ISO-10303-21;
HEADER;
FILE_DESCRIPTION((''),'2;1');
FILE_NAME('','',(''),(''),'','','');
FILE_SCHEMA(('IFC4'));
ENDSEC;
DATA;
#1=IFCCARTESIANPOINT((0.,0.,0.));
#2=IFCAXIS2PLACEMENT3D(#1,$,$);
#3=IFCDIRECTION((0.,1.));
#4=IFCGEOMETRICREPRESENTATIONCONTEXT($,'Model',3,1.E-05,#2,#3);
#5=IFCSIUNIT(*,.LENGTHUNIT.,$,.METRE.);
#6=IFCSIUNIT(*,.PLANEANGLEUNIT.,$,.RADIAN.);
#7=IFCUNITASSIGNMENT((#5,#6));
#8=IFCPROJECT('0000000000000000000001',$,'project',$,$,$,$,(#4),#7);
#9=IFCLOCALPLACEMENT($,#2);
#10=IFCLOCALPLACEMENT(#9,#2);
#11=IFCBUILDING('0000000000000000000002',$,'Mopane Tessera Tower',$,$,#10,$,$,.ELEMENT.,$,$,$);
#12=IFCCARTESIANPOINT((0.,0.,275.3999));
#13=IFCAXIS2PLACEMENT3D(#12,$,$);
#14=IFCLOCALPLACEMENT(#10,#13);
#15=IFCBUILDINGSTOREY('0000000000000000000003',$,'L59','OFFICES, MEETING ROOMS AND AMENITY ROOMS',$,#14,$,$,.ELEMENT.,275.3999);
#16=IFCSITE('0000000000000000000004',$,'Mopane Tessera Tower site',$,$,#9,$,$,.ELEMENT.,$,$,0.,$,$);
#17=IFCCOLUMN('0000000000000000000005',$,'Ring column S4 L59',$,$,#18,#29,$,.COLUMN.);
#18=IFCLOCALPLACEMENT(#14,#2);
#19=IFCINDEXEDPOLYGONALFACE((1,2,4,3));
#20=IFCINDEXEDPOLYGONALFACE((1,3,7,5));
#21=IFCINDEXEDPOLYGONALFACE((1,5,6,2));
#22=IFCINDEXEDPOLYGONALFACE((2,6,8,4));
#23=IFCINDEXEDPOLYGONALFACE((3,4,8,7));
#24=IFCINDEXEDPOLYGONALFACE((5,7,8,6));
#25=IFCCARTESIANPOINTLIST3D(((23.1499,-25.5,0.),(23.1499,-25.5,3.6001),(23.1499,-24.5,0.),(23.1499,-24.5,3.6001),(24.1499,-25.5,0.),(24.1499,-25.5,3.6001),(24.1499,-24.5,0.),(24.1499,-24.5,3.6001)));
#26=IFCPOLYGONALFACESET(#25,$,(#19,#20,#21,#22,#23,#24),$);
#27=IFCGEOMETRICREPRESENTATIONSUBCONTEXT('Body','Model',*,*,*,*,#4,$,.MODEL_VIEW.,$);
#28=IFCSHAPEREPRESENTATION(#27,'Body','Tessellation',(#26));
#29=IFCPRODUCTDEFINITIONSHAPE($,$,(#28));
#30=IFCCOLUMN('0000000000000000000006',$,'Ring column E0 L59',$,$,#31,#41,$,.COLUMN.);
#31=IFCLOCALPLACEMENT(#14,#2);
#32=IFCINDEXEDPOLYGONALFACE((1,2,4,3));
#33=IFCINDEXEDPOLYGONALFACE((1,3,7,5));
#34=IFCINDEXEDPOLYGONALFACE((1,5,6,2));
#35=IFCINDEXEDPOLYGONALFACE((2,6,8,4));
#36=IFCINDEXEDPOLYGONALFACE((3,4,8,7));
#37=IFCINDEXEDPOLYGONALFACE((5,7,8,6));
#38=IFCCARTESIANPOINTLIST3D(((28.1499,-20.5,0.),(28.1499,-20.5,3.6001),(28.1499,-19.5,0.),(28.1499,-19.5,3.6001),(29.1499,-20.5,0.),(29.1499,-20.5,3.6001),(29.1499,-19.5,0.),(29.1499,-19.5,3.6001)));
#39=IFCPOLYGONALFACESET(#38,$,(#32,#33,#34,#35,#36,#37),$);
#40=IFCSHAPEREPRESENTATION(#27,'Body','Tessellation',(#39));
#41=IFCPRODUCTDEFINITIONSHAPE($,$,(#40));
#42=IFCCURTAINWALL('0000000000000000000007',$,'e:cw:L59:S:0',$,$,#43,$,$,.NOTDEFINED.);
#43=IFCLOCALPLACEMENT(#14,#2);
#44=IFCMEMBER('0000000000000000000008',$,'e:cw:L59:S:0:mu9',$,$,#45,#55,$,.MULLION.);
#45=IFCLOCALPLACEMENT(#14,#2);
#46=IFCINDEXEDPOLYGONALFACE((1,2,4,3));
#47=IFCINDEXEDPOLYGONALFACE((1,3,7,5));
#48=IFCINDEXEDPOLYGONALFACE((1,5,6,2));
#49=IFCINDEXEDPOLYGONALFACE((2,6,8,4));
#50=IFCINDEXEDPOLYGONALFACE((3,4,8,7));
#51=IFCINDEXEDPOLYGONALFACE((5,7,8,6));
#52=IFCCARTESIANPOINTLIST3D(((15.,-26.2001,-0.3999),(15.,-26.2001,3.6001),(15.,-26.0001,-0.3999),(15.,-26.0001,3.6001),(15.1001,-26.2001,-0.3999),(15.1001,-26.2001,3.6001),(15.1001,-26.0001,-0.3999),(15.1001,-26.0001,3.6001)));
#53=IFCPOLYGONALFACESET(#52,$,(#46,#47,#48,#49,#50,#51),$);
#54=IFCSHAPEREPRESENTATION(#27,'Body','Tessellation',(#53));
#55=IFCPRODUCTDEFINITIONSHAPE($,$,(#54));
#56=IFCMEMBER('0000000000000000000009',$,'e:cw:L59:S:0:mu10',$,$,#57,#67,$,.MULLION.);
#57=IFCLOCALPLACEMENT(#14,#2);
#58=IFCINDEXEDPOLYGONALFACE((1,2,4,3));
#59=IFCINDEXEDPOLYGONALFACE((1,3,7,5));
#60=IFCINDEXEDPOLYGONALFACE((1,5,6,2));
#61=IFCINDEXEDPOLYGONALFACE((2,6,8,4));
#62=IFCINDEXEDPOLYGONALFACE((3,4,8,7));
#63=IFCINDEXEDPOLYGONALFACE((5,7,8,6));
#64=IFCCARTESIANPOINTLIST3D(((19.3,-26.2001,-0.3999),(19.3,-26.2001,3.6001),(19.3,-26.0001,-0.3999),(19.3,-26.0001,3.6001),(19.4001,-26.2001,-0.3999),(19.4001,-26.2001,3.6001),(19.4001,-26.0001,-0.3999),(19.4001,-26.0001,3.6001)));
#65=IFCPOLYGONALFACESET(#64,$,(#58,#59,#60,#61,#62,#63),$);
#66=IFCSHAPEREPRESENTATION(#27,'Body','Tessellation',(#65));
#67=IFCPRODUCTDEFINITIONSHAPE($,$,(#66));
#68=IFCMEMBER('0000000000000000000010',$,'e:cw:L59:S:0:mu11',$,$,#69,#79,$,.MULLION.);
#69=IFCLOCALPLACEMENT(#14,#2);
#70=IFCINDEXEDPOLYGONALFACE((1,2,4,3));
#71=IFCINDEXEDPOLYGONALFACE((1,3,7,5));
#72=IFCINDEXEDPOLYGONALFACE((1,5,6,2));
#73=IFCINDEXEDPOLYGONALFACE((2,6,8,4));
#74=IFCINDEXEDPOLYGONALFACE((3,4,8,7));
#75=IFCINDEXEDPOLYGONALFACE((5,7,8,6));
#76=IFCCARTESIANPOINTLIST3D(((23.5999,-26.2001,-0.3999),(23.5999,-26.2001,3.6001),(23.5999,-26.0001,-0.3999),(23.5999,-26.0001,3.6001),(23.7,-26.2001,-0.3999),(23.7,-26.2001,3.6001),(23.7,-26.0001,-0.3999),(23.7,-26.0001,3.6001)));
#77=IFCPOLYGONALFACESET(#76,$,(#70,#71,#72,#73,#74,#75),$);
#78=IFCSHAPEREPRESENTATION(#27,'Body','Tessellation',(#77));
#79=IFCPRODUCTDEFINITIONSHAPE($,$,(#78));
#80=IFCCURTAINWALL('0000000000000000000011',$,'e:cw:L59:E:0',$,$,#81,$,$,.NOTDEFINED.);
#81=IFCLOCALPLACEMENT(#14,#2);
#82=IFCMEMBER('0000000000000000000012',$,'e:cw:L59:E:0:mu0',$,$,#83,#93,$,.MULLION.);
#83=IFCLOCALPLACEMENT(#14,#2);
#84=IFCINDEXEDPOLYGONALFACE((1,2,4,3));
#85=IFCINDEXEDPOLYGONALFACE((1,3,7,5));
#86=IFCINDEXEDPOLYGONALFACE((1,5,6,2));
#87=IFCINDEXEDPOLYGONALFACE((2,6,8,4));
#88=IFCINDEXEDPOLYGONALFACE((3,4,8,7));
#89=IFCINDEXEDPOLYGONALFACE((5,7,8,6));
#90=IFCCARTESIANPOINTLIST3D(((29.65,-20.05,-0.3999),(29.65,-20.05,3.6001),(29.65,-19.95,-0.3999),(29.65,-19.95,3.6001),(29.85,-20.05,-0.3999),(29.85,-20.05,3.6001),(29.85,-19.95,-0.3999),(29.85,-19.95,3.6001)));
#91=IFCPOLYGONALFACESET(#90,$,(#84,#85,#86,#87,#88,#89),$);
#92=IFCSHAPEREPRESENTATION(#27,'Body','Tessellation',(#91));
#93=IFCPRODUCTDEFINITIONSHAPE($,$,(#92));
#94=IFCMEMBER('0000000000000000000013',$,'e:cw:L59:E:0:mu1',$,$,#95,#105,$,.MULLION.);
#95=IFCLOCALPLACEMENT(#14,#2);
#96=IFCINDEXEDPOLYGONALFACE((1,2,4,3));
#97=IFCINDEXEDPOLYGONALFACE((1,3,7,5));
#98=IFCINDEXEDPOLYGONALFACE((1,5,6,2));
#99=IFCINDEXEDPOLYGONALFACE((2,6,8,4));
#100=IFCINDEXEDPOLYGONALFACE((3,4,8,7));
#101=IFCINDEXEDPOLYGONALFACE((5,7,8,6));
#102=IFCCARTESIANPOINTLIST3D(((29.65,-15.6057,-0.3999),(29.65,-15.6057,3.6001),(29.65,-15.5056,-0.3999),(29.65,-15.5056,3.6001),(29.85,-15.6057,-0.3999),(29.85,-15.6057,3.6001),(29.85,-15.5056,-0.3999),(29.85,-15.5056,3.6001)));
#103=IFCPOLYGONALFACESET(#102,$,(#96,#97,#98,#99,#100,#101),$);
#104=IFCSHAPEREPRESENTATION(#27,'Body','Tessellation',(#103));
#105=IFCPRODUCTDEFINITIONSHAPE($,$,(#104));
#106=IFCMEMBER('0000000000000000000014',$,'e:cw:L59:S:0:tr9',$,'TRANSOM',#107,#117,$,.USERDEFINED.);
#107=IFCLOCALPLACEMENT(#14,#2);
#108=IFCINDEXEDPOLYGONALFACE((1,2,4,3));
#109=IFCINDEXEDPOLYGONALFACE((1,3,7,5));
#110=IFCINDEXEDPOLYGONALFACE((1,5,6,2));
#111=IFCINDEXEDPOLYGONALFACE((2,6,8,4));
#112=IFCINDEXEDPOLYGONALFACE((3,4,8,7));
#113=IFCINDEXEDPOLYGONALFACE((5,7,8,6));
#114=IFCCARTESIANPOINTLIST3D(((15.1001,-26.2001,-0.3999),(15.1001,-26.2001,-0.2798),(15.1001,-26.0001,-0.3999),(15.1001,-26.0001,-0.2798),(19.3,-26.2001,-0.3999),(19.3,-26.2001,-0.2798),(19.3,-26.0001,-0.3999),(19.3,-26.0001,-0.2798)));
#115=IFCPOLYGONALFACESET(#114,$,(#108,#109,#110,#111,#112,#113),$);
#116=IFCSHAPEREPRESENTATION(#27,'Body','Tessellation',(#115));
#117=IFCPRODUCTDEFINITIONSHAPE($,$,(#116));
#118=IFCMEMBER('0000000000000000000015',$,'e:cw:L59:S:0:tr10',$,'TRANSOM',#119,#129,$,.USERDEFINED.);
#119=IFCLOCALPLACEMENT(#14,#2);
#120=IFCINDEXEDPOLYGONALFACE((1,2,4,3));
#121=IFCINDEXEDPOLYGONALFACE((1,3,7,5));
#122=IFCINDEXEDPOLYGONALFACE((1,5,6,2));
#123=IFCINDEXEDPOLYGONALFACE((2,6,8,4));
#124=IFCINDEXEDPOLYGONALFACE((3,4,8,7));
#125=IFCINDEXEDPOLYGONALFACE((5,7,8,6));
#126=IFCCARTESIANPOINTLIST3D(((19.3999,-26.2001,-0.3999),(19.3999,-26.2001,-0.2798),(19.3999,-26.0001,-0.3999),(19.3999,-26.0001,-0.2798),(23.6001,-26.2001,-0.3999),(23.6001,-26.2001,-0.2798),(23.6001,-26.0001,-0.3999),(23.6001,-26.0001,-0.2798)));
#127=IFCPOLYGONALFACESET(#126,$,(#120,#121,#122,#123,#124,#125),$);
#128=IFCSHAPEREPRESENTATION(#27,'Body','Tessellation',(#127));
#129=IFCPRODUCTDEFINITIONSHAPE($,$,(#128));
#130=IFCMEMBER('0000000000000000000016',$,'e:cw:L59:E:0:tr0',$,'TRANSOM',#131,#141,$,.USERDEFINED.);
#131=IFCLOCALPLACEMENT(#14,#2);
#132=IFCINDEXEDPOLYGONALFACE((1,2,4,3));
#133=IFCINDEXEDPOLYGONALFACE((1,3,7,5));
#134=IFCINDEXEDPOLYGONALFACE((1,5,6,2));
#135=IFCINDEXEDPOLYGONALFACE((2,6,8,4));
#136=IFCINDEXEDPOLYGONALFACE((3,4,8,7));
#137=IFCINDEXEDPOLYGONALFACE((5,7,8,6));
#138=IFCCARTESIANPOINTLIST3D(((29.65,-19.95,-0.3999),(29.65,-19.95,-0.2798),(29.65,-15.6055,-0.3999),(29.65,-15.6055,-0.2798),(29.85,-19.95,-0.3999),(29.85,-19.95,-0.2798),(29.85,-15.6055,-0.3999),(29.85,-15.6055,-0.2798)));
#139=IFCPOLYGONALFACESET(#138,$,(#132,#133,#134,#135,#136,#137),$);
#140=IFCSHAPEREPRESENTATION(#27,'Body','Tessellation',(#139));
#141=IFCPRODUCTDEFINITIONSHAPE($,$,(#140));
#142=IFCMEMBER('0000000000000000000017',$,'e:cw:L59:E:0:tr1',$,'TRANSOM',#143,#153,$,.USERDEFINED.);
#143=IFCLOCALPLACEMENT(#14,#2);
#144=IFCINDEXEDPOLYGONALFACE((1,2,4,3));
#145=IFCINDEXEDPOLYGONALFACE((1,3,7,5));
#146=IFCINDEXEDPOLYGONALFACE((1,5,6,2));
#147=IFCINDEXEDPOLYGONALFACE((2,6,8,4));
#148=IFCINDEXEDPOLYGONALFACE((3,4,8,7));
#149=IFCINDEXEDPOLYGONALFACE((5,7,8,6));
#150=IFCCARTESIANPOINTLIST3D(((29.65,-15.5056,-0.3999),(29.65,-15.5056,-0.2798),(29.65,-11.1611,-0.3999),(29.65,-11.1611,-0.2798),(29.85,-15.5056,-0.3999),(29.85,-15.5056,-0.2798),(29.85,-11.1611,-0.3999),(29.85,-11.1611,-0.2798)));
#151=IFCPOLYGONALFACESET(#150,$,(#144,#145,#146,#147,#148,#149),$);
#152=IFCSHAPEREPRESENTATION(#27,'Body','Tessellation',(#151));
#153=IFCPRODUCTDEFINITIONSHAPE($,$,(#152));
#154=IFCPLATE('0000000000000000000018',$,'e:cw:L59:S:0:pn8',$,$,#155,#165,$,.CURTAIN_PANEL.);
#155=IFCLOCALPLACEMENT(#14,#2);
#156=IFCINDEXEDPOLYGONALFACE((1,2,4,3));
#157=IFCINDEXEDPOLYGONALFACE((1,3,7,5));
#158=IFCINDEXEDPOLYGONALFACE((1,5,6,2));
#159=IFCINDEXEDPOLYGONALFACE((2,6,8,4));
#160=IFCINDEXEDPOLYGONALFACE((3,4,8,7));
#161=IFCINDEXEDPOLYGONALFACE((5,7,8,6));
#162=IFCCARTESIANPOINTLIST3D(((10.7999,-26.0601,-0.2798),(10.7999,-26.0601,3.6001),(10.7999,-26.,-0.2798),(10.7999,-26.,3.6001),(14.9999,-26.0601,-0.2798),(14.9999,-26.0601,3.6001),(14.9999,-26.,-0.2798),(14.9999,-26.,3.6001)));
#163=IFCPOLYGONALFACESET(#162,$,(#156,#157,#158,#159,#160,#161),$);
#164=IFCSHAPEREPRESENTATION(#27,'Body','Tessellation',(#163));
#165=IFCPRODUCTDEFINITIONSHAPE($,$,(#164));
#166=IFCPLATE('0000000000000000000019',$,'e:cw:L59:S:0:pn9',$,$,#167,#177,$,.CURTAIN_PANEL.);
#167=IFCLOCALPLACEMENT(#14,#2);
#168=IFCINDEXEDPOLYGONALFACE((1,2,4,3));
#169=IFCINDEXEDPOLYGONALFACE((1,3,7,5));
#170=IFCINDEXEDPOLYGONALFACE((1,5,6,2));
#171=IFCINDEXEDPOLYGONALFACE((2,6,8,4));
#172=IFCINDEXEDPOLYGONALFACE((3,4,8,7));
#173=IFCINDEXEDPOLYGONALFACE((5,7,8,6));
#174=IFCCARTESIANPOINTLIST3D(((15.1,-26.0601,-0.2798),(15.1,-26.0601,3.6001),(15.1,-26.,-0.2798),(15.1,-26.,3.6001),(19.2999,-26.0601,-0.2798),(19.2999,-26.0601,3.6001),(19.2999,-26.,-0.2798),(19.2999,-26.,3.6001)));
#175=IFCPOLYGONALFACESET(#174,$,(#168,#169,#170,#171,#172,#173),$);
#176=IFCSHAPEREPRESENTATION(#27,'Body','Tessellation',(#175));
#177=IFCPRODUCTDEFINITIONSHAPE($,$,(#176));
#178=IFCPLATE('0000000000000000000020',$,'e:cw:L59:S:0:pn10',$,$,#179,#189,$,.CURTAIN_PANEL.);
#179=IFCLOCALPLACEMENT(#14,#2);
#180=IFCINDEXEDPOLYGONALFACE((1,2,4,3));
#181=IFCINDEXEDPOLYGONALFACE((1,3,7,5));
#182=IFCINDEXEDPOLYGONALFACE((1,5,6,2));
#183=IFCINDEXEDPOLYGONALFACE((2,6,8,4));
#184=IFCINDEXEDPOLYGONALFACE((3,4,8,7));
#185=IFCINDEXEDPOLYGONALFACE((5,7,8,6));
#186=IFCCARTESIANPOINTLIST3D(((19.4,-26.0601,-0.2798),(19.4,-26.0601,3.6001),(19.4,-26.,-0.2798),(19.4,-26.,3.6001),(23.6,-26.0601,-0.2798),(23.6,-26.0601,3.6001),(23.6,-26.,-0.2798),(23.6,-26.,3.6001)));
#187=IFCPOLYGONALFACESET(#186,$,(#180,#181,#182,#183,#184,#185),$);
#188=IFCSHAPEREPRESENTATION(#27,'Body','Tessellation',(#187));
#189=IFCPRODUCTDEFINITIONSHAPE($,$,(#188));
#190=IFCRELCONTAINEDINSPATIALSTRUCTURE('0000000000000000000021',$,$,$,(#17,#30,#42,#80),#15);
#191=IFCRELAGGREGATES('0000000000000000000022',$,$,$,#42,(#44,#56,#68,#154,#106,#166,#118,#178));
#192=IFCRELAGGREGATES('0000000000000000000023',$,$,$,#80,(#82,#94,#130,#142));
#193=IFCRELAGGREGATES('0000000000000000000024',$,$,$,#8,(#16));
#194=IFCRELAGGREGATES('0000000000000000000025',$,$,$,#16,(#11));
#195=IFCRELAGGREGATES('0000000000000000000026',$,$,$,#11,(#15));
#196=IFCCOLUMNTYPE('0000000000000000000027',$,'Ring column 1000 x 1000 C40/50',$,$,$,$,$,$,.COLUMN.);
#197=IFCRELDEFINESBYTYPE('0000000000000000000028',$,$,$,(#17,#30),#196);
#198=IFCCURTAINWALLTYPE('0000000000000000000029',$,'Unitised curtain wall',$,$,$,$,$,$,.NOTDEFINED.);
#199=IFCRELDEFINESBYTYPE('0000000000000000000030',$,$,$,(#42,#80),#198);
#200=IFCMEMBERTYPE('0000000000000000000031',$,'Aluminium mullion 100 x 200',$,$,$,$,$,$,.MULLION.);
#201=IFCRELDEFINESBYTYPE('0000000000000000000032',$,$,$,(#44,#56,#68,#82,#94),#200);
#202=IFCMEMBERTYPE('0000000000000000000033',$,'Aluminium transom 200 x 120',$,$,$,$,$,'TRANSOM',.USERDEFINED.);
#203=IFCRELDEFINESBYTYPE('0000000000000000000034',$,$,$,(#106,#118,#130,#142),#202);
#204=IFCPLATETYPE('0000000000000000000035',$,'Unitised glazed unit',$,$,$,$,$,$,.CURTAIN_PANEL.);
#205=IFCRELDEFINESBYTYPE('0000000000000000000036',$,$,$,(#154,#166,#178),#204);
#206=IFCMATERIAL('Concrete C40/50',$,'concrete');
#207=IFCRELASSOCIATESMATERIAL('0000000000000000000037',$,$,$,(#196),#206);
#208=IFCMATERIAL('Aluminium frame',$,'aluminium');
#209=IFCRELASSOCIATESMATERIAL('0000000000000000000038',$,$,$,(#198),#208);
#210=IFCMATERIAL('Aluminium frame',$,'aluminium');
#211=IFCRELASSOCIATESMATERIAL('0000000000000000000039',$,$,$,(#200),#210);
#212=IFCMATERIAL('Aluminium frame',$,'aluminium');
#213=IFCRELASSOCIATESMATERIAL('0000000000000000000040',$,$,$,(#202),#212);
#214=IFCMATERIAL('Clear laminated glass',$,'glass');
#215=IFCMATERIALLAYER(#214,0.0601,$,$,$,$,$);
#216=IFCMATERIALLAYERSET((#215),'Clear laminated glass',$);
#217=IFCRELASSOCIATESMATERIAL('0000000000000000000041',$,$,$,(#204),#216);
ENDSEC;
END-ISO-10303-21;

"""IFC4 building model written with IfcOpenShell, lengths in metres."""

from ifc_helpers import new_model, si_unit, direction, frame, origin, origin_2d, place, context, subcontext, project, spatial, rectangle, extrude, material, layer, layer_set, material_profile, profile_set, type_object, element, aggregate, save


model = new_model("IFC4")

# Units and contexts
model_context = context("Model", 3, precision=1e-05, world=origin(), true_north=direction((0.0, 1.0)))
body_context = subcontext(model_context, "Body", "Model", "MODEL_VIEW")
ifc_project = project(units=[si_unit("LENGTHUNIT", "METRE"), si_unit("PLANEANGLEUNIT", "RADIAN")], contexts=[model_context])

# Site, building, storey
site_placement = place(None, origin())
site = spatial("IfcSite", under=ifc_project, at=site_placement, Name="Mopane Tessera Tower site", CompositionType="ELEMENT", RefElevation=0.0)
building_placement = place(site_placement, origin())
building = spatial("IfcBuilding", under=site, at=building_placement, Name="Mopane Tessera Tower", CompositionType="ELEMENT")
storey_placement = place(building_placement, frame((0.0, 0.0, 275.3999)))
storey = spatial("IfcBuildingStorey", under=building, at=storey_placement, Name="L59", Description="OFFICES, MEETING ROOMS AND AMENITY ROOMS", CompositionType="ELEMENT", Elevation=275.3999)

# Columns
ifc_material_1 = material(Name="Concrete C40/50", Category="concrete")
ifc_material_profile_1 = material_profile(ifc_material_1, rectangle(XDim=1.0, YDim=1.0, at=origin_2d()))
ifc_profile_set_1 = profile_set([ifc_material_profile_1], Name="Concrete C40/50")
column_type = type_object("IfcColumnType", Name="Ring column 1000 x 1000 C40/50", PredefinedType="COLUMN", material=ifc_profile_set_1)
for number, where, z_axis, x_axis, name in (
    (1, (23.6499, -25.0, 0.0), (0.0, 0.0, 1.0), (1.0, 0.0, 0.0), "Ring column S4 L59"),
    (2, (28.6499, -20.0, 0.0), (0.0, 0.0, 1.0), (1.0, 0.0, 0.0), "Ring column E0 L59"),
):
    element("IfcColumn", number, at=place(storey_placement, frame(where, z_axis=z_axis, x_axis=x_axis)), inside=storey, type_object=column_type, Name=name, PredefinedType="COLUMN", context=body_context, shape_type="SweptSolid", body=[
        extrude(rectangle(XDim=1.0, YDim=1.0, at=origin_2d()), origin(), (0.0, 0.0, 1.0), 3.6001),
    ])

# Curtain walls, members
ifc_material_2 = material(Name="Aluminium frame", Category="aluminium")
curtain_wall_type = type_object("IfcCurtainWallType", Name="Unitised curtain wall", PredefinedType="NOTDEFINED", material=ifc_material_2)
curtain_wall_1_placement = place(storey_placement, origin())
curtain_wall_1 = element("IfcCurtainWall", 3, at=curtain_wall_1_placement, inside=storey, type_object=curtain_wall_type, Name="e:cw:L59:S:0", PredefinedType="NOTDEFINED")
ifc_material_3 = material(Name="Aluminium frame", Category="aluminium")
ifc_material_profile_2 = material_profile(ifc_material_3, rectangle(XDim=0.1001, YDim=0.2, at=origin_2d()))
ifc_profile_set_2 = profile_set([ifc_material_profile_2], Name="Aluminium frame")
member_type_1 = type_object("IfcMemberType", Name="Aluminium mullion 100 x 200", PredefinedType="MULLION", material=ifc_profile_set_2)
member_1_placement = place(storey_placement, frame((15.05, -26.1001, -0.3999), z_axis=(0.0, 0.0, 1.0), x_axis=(1.0, 0.0, 0.0)))
member_1 = element("IfcMember", 4, at=member_1_placement, type_object=member_type_1, Name="e:cw:L59:S:0:mu9", PredefinedType="MULLION", context=body_context, shape_type="SweptSolid", body=[
    extrude(rectangle(XDim=0.1001, YDim=0.2, at=origin_2d()), origin(), (0.0, 0.0, 1.0), 4.0),
])
member_2_placement = place(storey_placement, frame((19.3501, -26.1001, -0.3999), z_axis=(0.0, 0.0, 1.0), x_axis=(1.0, 0.0, 0.0)))
member_2 = element("IfcMember", 5, at=member_2_placement, type_object=member_type_1, Name="e:cw:L59:S:0:mu10", PredefinedType="MULLION", context=body_context, shape_type="SweptSolid", body=[
    extrude(rectangle(XDim=0.1001, YDim=0.2, at=origin_2d()), origin(), (0.0, 0.0, 1.0), 4.0),
])
member_3_placement = place(storey_placement, frame((23.6499, -26.1001, -0.3999), z_axis=(0.0, 0.0, 1.0), x_axis=(1.0, 0.0, 0.0)))
member_3 = element("IfcMember", 6, at=member_3_placement, type_object=member_type_1, Name="e:cw:L59:S:0:mu11", PredefinedType="MULLION", context=body_context, shape_type="SweptSolid", body=[
    extrude(rectangle(XDim=0.1001, YDim=0.2, at=origin_2d()), origin(), (0.0, 0.0, 1.0), 4.0),
])
curtain_wall_2_placement = place(storey_placement, origin())
curtain_wall_2 = element("IfcCurtainWall", 7, at=curtain_wall_2_placement, inside=storey, type_object=curtain_wall_type, Name="e:cw:L59:E:0", PredefinedType="NOTDEFINED")
member_4_placement = place(storey_placement, frame((29.75, -20.0, -0.3999), z_axis=(0.0, 0.0, 1.0), x_axis=(0.0, 1.0, 0.0)))
member_4 = element("IfcMember", 8, at=member_4_placement, type_object=member_type_1, Name="e:cw:L59:E:0:mu0", PredefinedType="MULLION", context=body_context, shape_type="SweptSolid", body=[
    extrude(rectangle(XDim=0.1001, YDim=0.2, at=origin_2d()), origin(), (0.0, 0.0, 1.0), 4.0),
])
member_5_placement = place(storey_placement, frame((29.75, -15.5557, -0.3999), z_axis=(0.0, 0.0, 1.0), x_axis=(0.0, 1.0, 0.0)))
member_5 = element("IfcMember", 9, at=member_5_placement, type_object=member_type_1, Name="e:cw:L59:E:0:mu1", PredefinedType="MULLION", context=body_context, shape_type="SweptSolid", body=[
    extrude(rectangle(XDim=0.1001, YDim=0.2, at=origin_2d()), origin(), (0.0, 0.0, 1.0), 4.0),
])

# Members
ifc_material_4 = material(Name="Aluminium frame", Category="aluminium")
ifc_material_profile_3 = material_profile(ifc_material_4, rectangle(XDim=0.2, YDim=0.1201, at=origin_2d()))
ifc_profile_set_3 = profile_set([ifc_material_profile_3], Name="Aluminium frame")
member_type_2 = type_object("IfcMemberType", Name="Aluminium transom 200 x 120", ElementType="TRANSOM", PredefinedType="USERDEFINED", material=ifc_profile_set_3)
member_6_placement = place(storey_placement, frame((15.1001, -26.1001, -0.3398), z_axis=(1.0, 0.0, 0.0), x_axis=(0.0, 1.0, 0.0)))
member_6 = element("IfcMember", 10, at=member_6_placement, type_object=member_type_2, Name="e:cw:L59:S:0:tr9", ObjectType="TRANSOM", PredefinedType="USERDEFINED", context=body_context, shape_type="SweptSolid", body=[
    extrude(rectangle(XDim=0.2, YDim=0.1201, at=origin_2d()), origin(), (0.0, 0.0, 1.0), 4.2),
])
member_7_placement = place(storey_placement, frame((19.3999, -26.1001, -0.3398), z_axis=(1.0, 0.0, 0.0), x_axis=(0.0, 1.0, 0.0)))
member_7 = element("IfcMember", 11, at=member_7_placement, type_object=member_type_2, Name="e:cw:L59:S:0:tr10", ObjectType="TRANSOM", PredefinedType="USERDEFINED", context=body_context, shape_type="SweptSolid", body=[
    extrude(rectangle(XDim=0.2, YDim=0.1201, at=origin_2d()), origin(), (0.0, 0.0, 1.0), 4.2002),
])
member_8_placement = place(storey_placement, frame((29.75, -19.95, -0.3398), z_axis=(0.0, 1.0, 0.0), x_axis=(-1.0, 0.0, 0.0)))
member_8 = element("IfcMember", 12, at=member_8_placement, type_object=member_type_2, Name="e:cw:L59:E:0:tr0", ObjectType="TRANSOM", PredefinedType="USERDEFINED", context=body_context, shape_type="SweptSolid", body=[
    extrude(rectangle(XDim=0.2, YDim=0.1201, at=origin_2d()), origin(), (0.0, 0.0, 1.0), 4.3445),
])
member_9_placement = place(storey_placement, frame((29.75, -15.5056, -0.3398), z_axis=(0.0, 1.0, 0.0), x_axis=(-1.0, 0.0, 0.0)))
member_9 = element("IfcMember", 13, at=member_9_placement, type_object=member_type_2, Name="e:cw:L59:E:0:tr1", ObjectType="TRANSOM", PredefinedType="USERDEFINED", context=body_context, shape_type="SweptSolid", body=[
    extrude(rectangle(XDim=0.2, YDim=0.1201, at=origin_2d()), origin(), (0.0, 0.0, 1.0), 4.3445),
])

# Plates
ifc_material_5 = material(Name="Clear laminated glass", Category="glass")
ifc_layer_1 = layer(ifc_material_5, 0.0601)
ifc_layer_set_1 = layer_set([ifc_layer_1], Name="Clear laminated glass")
plate_type = type_object("IfcPlateType", Name="Unitised glazed unit", PredefinedType="CURTAIN_PANEL", material=ifc_layer_set_1)
plate_1_placement = place(storey_placement, frame((12.8999, -26.03, -0.2798), z_axis=(0.0, 0.0, 1.0), x_axis=(1.0, 0.0, 0.0)))
plate_1 = element("IfcPlate", 14, at=plate_1_placement, type_object=plate_type, Name="e:cw:L59:S:0:pn8", PredefinedType="CURTAIN_PANEL", context=body_context, shape_type="SweptSolid", body=[
    extrude(rectangle(XDim=4.2, YDim=0.0601, at=origin_2d()), origin(), (0.0, 0.0, 1.0), 3.8799),
])
plate_2_placement = place(storey_placement, frame((17.2, -26.03, -0.2798), z_axis=(0.0, 0.0, 1.0), x_axis=(1.0, 0.0, 0.0)))
plate_2 = element("IfcPlate", 15, at=plate_2_placement, type_object=plate_type, Name="e:cw:L59:S:0:pn9", PredefinedType="CURTAIN_PANEL", context=body_context, shape_type="SweptSolid", body=[
    extrude(rectangle(XDim=4.2, YDim=0.0601, at=origin_2d()), origin(), (0.0, 0.0, 1.0), 3.8799),
])
plate_3_placement = place(storey_placement, frame((21.5, -26.03, -0.2798), z_axis=(0.0, 0.0, 1.0), x_axis=(1.0, 0.0, 0.0)))
plate_3 = element("IfcPlate", 16, at=plate_3_placement, type_object=plate_type, Name="e:cw:L59:S:0:pn10", PredefinedType="CURTAIN_PANEL", context=body_context, shape_type="SweptSolid", body=[
    extrude(rectangle(XDim=4.2, YDim=0.0601, at=origin_2d()), origin(), (0.0, 0.0, 1.0), 3.8799),
])
aggregate(curtain_wall_1, [member_1, member_2, member_3, plate_1, member_6, plate_2, member_7, plate_3])
aggregate(curtain_wall_2, [member_4, member_5, member_8, member_9])

save(model, "model.ifc")
